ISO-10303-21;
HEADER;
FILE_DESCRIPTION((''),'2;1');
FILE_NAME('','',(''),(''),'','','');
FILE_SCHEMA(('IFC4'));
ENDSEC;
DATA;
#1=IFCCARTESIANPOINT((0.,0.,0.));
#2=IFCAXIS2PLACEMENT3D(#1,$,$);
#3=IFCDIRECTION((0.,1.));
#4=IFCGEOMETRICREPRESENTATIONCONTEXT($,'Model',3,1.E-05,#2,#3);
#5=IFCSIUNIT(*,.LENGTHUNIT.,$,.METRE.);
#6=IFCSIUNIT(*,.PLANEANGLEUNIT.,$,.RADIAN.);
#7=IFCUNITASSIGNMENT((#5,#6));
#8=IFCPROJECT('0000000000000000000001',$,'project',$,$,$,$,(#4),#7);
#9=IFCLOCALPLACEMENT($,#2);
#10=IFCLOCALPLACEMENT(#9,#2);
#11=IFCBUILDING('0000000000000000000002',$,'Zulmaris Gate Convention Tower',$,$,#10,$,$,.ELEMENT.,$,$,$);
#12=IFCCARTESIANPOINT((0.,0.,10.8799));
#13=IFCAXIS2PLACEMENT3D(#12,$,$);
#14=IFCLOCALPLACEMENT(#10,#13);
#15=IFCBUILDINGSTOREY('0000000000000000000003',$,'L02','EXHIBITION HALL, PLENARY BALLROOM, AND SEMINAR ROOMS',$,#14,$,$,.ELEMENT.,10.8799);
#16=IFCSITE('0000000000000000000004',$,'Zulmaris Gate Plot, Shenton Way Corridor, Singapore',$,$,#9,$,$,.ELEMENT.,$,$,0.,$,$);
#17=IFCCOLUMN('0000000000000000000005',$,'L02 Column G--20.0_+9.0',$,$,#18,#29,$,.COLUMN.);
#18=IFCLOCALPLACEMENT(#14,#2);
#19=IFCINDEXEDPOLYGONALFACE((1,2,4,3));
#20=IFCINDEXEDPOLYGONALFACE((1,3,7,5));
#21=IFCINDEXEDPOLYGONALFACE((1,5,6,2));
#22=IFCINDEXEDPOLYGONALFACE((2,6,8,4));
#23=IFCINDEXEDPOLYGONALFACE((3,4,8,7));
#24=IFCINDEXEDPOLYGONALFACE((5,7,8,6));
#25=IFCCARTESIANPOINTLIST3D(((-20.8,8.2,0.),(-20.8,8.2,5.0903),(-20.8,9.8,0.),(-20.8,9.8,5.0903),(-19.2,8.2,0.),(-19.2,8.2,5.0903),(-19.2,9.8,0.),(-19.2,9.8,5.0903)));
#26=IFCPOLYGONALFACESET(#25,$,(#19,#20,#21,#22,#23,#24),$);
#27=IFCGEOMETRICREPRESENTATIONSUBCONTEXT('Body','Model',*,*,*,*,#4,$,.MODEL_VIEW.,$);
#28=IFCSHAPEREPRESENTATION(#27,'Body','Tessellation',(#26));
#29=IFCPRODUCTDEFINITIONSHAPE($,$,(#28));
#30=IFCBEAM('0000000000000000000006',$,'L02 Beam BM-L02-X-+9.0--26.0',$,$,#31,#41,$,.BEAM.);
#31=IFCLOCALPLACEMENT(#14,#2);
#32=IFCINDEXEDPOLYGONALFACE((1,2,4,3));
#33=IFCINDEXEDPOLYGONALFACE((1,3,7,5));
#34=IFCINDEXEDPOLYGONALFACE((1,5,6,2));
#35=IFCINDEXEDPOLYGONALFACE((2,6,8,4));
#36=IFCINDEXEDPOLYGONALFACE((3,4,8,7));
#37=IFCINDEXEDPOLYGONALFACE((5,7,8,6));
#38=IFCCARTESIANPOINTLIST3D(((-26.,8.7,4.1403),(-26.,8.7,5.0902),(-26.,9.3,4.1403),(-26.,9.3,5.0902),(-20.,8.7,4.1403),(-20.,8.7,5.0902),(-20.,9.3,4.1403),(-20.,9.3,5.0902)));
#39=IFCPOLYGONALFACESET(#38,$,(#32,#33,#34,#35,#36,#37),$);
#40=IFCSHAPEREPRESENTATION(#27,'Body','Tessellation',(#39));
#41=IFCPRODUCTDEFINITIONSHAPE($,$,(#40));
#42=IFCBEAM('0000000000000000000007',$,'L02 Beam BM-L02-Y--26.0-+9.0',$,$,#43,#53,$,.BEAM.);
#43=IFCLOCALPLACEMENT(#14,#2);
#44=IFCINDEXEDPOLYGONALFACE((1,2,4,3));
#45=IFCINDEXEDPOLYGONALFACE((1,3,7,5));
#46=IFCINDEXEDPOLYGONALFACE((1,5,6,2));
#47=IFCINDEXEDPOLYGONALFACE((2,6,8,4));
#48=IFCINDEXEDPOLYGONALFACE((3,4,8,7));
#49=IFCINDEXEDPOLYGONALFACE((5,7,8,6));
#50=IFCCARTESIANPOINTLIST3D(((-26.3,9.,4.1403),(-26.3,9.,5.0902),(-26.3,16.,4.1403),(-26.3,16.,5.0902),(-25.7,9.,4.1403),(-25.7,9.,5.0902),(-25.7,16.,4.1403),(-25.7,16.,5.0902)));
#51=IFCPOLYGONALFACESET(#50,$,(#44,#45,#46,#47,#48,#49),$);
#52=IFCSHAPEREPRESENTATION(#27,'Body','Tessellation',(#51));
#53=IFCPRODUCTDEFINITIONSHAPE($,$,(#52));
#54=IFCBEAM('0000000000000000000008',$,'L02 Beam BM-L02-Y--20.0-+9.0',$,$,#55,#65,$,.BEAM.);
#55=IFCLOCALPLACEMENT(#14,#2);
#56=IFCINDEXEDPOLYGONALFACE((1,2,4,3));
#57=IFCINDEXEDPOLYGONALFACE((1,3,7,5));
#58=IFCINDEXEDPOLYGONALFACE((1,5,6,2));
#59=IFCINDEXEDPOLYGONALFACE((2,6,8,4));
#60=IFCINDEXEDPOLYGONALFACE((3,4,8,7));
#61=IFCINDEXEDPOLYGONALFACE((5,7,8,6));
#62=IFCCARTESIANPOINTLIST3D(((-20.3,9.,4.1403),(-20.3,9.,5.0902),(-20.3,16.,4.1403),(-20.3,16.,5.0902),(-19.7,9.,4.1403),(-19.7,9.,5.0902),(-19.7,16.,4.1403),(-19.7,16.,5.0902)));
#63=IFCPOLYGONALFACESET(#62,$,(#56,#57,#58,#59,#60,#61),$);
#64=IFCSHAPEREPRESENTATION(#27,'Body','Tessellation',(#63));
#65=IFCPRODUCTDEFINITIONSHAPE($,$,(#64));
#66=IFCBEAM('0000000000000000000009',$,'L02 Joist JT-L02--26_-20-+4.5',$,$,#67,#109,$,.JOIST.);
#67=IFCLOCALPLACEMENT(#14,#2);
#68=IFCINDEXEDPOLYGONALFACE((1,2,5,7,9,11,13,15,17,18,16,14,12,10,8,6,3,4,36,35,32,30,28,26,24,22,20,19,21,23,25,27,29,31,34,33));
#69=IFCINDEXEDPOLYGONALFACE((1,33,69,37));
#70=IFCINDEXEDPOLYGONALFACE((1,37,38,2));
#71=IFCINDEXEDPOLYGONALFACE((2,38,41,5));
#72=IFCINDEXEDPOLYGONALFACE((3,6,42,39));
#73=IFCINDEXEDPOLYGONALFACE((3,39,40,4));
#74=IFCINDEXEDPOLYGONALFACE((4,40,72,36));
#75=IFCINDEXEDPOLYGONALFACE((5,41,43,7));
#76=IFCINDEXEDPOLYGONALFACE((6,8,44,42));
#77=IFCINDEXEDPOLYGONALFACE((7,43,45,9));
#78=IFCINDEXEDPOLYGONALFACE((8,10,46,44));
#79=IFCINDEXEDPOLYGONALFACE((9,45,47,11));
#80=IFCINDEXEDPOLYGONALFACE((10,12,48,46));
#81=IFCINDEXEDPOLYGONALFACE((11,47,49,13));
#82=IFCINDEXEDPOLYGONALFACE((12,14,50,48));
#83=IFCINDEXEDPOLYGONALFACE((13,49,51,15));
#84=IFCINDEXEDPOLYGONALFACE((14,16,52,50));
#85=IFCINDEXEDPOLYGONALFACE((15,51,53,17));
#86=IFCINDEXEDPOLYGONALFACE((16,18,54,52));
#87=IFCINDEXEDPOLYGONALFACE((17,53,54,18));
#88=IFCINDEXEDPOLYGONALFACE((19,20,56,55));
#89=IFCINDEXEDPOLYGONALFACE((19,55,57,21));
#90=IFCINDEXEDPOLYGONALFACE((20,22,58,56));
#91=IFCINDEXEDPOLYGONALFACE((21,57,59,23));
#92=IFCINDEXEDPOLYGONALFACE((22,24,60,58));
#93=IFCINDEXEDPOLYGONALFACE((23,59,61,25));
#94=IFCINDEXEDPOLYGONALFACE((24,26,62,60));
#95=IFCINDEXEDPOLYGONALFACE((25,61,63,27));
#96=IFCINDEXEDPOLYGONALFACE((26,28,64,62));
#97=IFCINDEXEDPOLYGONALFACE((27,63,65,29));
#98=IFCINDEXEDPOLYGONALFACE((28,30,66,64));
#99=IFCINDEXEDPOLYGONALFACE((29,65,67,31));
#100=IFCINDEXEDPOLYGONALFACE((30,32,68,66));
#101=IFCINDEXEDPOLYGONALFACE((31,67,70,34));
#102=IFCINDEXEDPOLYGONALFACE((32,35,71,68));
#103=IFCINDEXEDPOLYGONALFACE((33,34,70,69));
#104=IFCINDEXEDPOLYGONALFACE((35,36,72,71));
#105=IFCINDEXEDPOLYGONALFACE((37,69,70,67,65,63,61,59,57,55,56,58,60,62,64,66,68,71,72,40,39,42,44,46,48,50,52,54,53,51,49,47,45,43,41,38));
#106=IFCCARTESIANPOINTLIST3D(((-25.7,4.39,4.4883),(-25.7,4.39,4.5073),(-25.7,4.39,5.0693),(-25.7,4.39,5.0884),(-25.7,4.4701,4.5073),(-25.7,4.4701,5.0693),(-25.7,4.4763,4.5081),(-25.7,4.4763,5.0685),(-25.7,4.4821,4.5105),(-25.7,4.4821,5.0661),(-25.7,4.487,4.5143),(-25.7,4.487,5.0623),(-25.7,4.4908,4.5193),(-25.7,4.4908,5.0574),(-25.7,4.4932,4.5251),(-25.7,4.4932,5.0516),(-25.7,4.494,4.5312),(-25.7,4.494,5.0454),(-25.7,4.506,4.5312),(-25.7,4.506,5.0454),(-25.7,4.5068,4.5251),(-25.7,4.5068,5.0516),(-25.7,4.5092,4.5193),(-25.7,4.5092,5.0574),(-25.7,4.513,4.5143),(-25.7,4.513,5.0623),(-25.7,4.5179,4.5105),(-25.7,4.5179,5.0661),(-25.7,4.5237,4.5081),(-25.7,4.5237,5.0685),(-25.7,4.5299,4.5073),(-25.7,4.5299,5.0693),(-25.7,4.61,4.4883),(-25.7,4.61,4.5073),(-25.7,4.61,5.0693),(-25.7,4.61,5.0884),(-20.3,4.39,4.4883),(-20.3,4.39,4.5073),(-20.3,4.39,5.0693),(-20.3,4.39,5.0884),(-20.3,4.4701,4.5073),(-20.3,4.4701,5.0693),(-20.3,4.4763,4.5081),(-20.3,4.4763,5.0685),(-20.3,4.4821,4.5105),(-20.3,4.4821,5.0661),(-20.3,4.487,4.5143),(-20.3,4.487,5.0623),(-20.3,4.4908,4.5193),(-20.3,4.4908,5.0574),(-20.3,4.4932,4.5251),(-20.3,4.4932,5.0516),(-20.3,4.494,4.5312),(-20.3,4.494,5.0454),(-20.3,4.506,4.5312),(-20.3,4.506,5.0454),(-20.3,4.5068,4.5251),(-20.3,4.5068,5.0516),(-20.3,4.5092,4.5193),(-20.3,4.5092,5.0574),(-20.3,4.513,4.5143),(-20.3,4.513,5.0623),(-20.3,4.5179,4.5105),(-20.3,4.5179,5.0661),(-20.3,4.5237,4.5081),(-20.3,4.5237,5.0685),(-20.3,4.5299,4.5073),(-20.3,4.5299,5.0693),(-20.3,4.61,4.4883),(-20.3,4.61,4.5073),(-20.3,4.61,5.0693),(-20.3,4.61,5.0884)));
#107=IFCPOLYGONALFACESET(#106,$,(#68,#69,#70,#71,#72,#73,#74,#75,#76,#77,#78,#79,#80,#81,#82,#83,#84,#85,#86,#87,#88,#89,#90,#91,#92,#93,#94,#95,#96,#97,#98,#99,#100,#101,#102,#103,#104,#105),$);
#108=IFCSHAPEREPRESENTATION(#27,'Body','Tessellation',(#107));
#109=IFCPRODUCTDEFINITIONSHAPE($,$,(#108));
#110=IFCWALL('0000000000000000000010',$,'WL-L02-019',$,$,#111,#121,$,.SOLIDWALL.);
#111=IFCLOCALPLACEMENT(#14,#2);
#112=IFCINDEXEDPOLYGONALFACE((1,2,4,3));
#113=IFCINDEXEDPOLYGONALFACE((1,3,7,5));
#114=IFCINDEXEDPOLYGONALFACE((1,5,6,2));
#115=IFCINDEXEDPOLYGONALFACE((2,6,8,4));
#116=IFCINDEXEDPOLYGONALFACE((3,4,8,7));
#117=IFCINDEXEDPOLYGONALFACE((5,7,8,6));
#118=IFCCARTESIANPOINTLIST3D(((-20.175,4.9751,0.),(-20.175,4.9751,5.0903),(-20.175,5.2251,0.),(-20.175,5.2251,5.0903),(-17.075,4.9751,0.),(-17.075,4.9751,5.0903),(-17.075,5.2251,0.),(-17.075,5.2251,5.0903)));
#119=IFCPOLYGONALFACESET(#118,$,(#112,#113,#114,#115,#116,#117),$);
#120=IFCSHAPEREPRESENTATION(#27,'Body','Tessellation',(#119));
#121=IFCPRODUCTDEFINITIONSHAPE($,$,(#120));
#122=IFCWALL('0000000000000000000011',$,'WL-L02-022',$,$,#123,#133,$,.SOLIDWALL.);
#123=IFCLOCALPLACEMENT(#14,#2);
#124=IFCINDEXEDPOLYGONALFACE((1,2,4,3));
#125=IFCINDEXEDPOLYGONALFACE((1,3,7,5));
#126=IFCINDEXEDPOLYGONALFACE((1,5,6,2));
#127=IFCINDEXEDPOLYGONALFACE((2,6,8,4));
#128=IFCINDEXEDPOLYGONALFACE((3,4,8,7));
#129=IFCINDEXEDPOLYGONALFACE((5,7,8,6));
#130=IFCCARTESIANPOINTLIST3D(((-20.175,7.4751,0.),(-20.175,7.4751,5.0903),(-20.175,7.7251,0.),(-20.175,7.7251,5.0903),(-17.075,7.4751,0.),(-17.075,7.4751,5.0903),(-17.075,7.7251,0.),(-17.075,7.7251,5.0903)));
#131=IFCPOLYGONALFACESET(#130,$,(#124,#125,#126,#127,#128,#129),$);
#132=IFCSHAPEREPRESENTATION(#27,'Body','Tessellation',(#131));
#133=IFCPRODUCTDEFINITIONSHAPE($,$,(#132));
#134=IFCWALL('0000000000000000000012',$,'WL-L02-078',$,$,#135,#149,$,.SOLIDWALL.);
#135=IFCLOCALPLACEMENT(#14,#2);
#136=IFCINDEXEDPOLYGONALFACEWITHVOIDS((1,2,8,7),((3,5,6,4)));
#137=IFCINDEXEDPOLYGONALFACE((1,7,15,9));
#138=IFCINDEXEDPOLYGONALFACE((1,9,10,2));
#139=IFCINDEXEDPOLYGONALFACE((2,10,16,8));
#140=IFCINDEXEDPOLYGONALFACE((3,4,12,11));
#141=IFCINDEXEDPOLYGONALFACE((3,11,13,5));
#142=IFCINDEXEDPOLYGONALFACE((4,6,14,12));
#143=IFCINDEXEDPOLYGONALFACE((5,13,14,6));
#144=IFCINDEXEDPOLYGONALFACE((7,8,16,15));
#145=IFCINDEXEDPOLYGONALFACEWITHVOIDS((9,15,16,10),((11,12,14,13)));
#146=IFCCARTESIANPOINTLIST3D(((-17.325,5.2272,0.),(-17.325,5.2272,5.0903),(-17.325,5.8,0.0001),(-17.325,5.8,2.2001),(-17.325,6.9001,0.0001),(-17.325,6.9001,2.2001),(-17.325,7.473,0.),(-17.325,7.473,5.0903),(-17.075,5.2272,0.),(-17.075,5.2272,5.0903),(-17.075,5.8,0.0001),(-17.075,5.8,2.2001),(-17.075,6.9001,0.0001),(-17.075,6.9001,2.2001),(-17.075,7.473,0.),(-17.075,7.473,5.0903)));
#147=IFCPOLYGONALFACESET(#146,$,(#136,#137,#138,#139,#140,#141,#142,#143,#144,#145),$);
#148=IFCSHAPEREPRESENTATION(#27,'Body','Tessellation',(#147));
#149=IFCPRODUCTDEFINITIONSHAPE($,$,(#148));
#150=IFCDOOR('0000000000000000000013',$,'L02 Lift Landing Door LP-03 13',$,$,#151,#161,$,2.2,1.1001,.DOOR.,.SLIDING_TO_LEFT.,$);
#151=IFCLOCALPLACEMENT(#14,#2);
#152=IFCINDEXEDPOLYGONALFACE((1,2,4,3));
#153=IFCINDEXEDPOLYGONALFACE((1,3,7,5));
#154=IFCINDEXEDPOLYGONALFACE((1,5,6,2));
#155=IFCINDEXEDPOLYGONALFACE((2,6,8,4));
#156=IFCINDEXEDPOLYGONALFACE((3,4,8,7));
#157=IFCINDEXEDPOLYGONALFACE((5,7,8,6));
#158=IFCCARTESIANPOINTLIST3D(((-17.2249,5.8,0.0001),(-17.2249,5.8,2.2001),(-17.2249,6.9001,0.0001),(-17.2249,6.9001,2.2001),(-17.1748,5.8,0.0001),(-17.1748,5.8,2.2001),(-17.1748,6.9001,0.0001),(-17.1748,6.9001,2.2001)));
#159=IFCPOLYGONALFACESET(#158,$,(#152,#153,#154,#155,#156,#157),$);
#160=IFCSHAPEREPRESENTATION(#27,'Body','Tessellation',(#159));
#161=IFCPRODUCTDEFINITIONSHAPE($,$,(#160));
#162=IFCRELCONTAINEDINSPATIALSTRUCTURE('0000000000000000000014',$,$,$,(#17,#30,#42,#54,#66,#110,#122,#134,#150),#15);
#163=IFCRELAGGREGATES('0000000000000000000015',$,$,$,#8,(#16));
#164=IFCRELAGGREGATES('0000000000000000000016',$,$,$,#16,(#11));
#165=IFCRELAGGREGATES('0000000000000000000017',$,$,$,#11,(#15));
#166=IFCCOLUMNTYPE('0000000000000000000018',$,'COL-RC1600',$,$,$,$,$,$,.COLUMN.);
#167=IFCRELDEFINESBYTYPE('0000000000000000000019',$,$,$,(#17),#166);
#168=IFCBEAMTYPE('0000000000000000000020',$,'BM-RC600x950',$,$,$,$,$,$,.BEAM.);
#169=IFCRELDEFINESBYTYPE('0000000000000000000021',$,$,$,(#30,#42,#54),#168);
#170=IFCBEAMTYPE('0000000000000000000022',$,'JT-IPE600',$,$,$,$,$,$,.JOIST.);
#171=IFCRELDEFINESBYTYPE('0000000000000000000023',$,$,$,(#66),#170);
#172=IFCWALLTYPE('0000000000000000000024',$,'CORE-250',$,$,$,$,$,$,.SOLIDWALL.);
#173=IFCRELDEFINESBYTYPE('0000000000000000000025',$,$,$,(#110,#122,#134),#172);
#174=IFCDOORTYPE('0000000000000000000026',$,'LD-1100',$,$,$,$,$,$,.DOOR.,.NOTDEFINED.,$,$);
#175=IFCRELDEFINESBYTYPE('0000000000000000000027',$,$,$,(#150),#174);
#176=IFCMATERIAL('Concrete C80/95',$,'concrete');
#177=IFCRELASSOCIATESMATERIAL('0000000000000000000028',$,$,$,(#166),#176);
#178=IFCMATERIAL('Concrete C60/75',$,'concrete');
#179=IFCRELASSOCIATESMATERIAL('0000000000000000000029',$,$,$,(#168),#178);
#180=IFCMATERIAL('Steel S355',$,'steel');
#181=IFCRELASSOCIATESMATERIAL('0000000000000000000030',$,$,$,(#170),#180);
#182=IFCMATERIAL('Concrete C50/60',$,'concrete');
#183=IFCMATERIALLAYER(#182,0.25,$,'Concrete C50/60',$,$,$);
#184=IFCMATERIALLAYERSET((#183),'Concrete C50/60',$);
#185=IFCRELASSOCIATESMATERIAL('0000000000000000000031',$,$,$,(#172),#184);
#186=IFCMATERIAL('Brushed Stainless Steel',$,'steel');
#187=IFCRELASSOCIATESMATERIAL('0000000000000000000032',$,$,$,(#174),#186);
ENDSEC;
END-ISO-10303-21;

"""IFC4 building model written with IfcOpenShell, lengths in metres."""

from ifc_helpers import new_model, si_unit, direction, frame, frame_2d, origin, origin_2d, place, context, subcontext, project, spatial, rectangle, i_section, extrude, material, layer, layer_set, material_profile, profile_set, type_object, element, fill, save


model = new_model("IFC4")

# Units and contexts
model_context = context("Model", 3, precision=1e-05, world=origin(), true_north=direction((0.0, 1.0)))
body_context = subcontext(model_context, "Body", "Model", "MODEL_VIEW")
ifc_project = project(units=[si_unit("LENGTHUNIT", "METRE"), si_unit("PLANEANGLEUNIT", "RADIAN")], contexts=[model_context])

# Site, building, storey
site_placement = place(None, origin())
site = spatial("IfcSite", under=ifc_project, at=site_placement, Name="Zulmaris Gate Plot, Shenton Way Corridor, Singapore", CompositionType="ELEMENT", RefElevation=0.0)
building_placement = place(site_placement, origin())
building = spatial("IfcBuilding", under=site, at=building_placement, Name="Zulmaris Gate Convention Tower", CompositionType="ELEMENT")
storey_placement = place(building_placement, frame((0.0, 0.0, 10.8799)))
storey = spatial("IfcBuildingStorey", under=building, at=storey_placement, Name="L02", Description="EXHIBITION HALL, PLENARY BALLROOM, AND SEMINAR ROOMS", CompositionType="ELEMENT", Elevation=10.8799)

# Column
ifc_material_1 = material(Name="Concrete C80/95", Category="concrete")
ifc_material_profile_1 = material_profile(ifc_material_1, rectangle(XDim=1.6001, YDim=1.6001, at=origin_2d()), Name="RC COL 1600x1600")
ifc_profile_set_1 = profile_set([ifc_material_profile_1], Name="Concrete C80/95")
column_type = type_object("IfcColumnType", Name="COL-RC1600", PredefinedType="COLUMN", material=ifc_profile_set_1)
column_placement = place(storey_placement, frame((-20.0, 9.0, 0.0), z_axis=(0.0, 0.0, 1.0), x_axis=(1.0, 0.0, 0.0)))
element("IfcColumn", 1, at=column_placement, inside=storey, type_object=column_type, Name="L02 Column G--20.0_+9.0", PredefinedType="COLUMN", context=body_context, shape_type="SweptSolid", body=[
    extrude(rectangle(XDim=1.6001, YDim=1.6001, at=origin_2d()), origin(), (0.0, 0.0, 1.0), 5.0903),
])

# Beams
ifc_material_2 = material(Name="Concrete C60/75", Category="concrete")
ifc_material_profile_2 = material_profile(ifc_material_2, rectangle(XDim=0.6001, YDim=0.95, at=origin_2d()), Name="RC BEAM 600x950")
ifc_profile_set_2 = profile_set([ifc_material_profile_2], Name="Concrete C60/75")
beam_type_1 = type_object("IfcBeamType", Name="BM-RC600x950", PredefinedType="BEAM", material=ifc_profile_set_2)
beam_1_placement = place(storey_placement, frame((-26.0, 9.0, 4.6152), z_axis=(1.0, 0.0, 0.0), x_axis=(0.0, 1.0, 0.0)))
element("IfcBeam", 2, at=beam_1_placement, inside=storey, type_object=beam_type_1, Name="L02 Beam BM-L02-X-+9.0--26.0", PredefinedType="BEAM", context=body_context, shape_type="SweptSolid", body=[
    extrude(rectangle(XDim=0.6001, YDim=0.95, at=origin_2d()), origin(), (0.0, 0.0, 1.0), 6.0),
])
for number, where, z_axis, x_axis, name in (
    (3, (-26.0, 9.0, 4.6152), (0.0, 1.0, 0.0), (-1.0, 0.0, 0.0), "L02 Beam BM-L02-Y--26.0-+9.0"),
    (4, (-20.0, 9.0, 4.6152), (0.0, 1.0, 0.0), (-1.0, 0.0, 0.0), "L02 Beam BM-L02-Y--20.0-+9.0"),
):
    element("IfcBeam", number, at=place(storey_placement, frame(where, z_axis=z_axis, x_axis=x_axis)), inside=storey, type_object=beam_type_1, Name=name, PredefinedType="BEAM", context=body_context, shape_type="SweptSolid", body=[
        extrude(rectangle(XDim=0.6001, YDim=0.95, at=origin_2d()), origin(), (0.0, 0.0, 1.0), 7.0),
    ])
ifc_material_3 = material(Name="Steel S355", Category="steel")
ifc_material_profile_3 = material_profile(ifc_material_3, i_section(OverallWidth=0.22, OverallDepth=0.6001, WebThickness=0.012, FlangeThickness=0.019, FilletRadius=0.0239, at=origin_2d()), Name="IPE 600")
ifc_profile_set_3 = profile_set([ifc_material_profile_3], Name="Steel S355")
beam_type_2 = type_object("IfcBeamType", Name="JT-IPE600", PredefinedType="JOIST", material=ifc_profile_set_3)
beam_2_placement = place(storey_placement, frame((-25.7, 4.5, 4.7883), z_axis=(1.0, 0.0, 0.0), x_axis=(0.0, 1.0, 0.0)))
element("IfcBeam", 5, at=beam_2_placement, inside=storey, type_object=beam_type_2, Name="L02 Joist JT-L02--26_-20-+4.5", PredefinedType="JOIST", context=body_context, shape_type="SweptSolid", body=[
    extrude(i_section(OverallWidth=0.22, OverallDepth=0.6001, WebThickness=0.012, FlangeThickness=0.019, FilletRadius=0.0239, at=origin_2d()), origin(), (0.0, 0.0, 1.0), 5.3999),
])

# Walls
ifc_material_4 = material(Name="Concrete C50/60", Category="concrete")
ifc_layer_1 = layer(ifc_material_4, 0.25, Name="Concrete C50/60")
ifc_layer_set_1 = layer_set([ifc_layer_1], Name="Concrete C50/60")
wall_type_1 = type_object("IfcWallType", Name="CORE-250", PredefinedType="SOLIDWALL", material=ifc_layer_set_1)
for number, where, z_axis, x_axis, name in (
    (6, (-20.175, 5.1001, 0.0), (0.0, 0.0, 1.0), (1.0, 0.0, 0.0), "WL-L02-019"),
    (7, (-20.175, 7.6001, 0.0), (0.0, 0.0, 1.0), (1.0, 0.0, 0.0), "WL-L02-022"),
):
    element("IfcWall", number, at=place(storey_placement, frame(where, z_axis=z_axis, x_axis=x_axis)), inside=storey, type_object=wall_type_1, Name=name, PredefinedType="SOLIDWALL", context=body_context, shape_type="SweptSolid", body=[
        extrude(rectangle(XDim=3.1001, YDim=0.25, at=frame_2d((1.55, 0.0))), origin(), (0.0, 0.0, 1.0), 5.0903),
    ])

# Wall, opening, door
wall_1_placement = place(storey_placement, frame((-17.2, 5.2271, 0.0), z_axis=(0.0, 0.0, 1.0), x_axis=(0.0, 1.0, 0.0)))
wall_1 = element("IfcWall", 8, at=wall_1_placement, inside=storey, type_object=wall_type_1, Name="WL-L02-078", PredefinedType="SOLIDWALL", context=body_context, shape_type="SweptSolid", body=[
    extrude(rectangle(XDim=2.2458, YDim=0.25, at=frame_2d((1.123, 0.0))), origin(), (0.0, 0.0, 1.0), 5.0903),
])
opening_1_placement = place(wall_1_placement, frame((0.573, 0.0, 0.0)))
opening_1 = element("IfcOpeningElement", 9, at=opening_1_placement, cuts=wall_1, PredefinedType="OPENING", context=body_context, shape_type="SweptSolid", body=[
    extrude(rectangle(XDim=1.1001, YDim=2.2, at=frame_2d((0.55, 1.1001))), frame((0.0, 0.135, 0.0), z_axis=(0.0, -1.0, 0.0), x_axis=(1.0, 0.0, 0.0)), (0.0, 0.0, 1.0), 0.27),
])
ifc_material_5 = material(Name="Brushed Stainless Steel", Category="steel")
door_type_1 = type_object("IfcDoorType", Name="LD-1100", OperationType="NOTDEFINED", PredefinedType="DOOR", material=ifc_material_5)
door_1_placement = place(opening_1_placement, origin())
door_1 = element("IfcDoor", 10, at=door_1_placement, inside=storey, type_object=door_type_1, Name="L02 Lift Landing Door LP-03 13", OperationType="SLIDING_TO_LEFT", OverallHeight=2.2, OverallWidth=1.1001, PredefinedType="DOOR", context=body_context, shape_type="SweptSolid", body=[
    extrude(rectangle(XDim=1.1001, YDim=2.2, at=frame_2d((0.55, 1.1001))), frame((0.0, 0.0249, 0.0), z_axis=(0.0, -1.0, 0.0), x_axis=(1.0, 0.0, 0.0)), (0.0, 0.0, 1.0), 0.05),
])
fill(opening_1, door_1)

save(model, "model.ifc")
